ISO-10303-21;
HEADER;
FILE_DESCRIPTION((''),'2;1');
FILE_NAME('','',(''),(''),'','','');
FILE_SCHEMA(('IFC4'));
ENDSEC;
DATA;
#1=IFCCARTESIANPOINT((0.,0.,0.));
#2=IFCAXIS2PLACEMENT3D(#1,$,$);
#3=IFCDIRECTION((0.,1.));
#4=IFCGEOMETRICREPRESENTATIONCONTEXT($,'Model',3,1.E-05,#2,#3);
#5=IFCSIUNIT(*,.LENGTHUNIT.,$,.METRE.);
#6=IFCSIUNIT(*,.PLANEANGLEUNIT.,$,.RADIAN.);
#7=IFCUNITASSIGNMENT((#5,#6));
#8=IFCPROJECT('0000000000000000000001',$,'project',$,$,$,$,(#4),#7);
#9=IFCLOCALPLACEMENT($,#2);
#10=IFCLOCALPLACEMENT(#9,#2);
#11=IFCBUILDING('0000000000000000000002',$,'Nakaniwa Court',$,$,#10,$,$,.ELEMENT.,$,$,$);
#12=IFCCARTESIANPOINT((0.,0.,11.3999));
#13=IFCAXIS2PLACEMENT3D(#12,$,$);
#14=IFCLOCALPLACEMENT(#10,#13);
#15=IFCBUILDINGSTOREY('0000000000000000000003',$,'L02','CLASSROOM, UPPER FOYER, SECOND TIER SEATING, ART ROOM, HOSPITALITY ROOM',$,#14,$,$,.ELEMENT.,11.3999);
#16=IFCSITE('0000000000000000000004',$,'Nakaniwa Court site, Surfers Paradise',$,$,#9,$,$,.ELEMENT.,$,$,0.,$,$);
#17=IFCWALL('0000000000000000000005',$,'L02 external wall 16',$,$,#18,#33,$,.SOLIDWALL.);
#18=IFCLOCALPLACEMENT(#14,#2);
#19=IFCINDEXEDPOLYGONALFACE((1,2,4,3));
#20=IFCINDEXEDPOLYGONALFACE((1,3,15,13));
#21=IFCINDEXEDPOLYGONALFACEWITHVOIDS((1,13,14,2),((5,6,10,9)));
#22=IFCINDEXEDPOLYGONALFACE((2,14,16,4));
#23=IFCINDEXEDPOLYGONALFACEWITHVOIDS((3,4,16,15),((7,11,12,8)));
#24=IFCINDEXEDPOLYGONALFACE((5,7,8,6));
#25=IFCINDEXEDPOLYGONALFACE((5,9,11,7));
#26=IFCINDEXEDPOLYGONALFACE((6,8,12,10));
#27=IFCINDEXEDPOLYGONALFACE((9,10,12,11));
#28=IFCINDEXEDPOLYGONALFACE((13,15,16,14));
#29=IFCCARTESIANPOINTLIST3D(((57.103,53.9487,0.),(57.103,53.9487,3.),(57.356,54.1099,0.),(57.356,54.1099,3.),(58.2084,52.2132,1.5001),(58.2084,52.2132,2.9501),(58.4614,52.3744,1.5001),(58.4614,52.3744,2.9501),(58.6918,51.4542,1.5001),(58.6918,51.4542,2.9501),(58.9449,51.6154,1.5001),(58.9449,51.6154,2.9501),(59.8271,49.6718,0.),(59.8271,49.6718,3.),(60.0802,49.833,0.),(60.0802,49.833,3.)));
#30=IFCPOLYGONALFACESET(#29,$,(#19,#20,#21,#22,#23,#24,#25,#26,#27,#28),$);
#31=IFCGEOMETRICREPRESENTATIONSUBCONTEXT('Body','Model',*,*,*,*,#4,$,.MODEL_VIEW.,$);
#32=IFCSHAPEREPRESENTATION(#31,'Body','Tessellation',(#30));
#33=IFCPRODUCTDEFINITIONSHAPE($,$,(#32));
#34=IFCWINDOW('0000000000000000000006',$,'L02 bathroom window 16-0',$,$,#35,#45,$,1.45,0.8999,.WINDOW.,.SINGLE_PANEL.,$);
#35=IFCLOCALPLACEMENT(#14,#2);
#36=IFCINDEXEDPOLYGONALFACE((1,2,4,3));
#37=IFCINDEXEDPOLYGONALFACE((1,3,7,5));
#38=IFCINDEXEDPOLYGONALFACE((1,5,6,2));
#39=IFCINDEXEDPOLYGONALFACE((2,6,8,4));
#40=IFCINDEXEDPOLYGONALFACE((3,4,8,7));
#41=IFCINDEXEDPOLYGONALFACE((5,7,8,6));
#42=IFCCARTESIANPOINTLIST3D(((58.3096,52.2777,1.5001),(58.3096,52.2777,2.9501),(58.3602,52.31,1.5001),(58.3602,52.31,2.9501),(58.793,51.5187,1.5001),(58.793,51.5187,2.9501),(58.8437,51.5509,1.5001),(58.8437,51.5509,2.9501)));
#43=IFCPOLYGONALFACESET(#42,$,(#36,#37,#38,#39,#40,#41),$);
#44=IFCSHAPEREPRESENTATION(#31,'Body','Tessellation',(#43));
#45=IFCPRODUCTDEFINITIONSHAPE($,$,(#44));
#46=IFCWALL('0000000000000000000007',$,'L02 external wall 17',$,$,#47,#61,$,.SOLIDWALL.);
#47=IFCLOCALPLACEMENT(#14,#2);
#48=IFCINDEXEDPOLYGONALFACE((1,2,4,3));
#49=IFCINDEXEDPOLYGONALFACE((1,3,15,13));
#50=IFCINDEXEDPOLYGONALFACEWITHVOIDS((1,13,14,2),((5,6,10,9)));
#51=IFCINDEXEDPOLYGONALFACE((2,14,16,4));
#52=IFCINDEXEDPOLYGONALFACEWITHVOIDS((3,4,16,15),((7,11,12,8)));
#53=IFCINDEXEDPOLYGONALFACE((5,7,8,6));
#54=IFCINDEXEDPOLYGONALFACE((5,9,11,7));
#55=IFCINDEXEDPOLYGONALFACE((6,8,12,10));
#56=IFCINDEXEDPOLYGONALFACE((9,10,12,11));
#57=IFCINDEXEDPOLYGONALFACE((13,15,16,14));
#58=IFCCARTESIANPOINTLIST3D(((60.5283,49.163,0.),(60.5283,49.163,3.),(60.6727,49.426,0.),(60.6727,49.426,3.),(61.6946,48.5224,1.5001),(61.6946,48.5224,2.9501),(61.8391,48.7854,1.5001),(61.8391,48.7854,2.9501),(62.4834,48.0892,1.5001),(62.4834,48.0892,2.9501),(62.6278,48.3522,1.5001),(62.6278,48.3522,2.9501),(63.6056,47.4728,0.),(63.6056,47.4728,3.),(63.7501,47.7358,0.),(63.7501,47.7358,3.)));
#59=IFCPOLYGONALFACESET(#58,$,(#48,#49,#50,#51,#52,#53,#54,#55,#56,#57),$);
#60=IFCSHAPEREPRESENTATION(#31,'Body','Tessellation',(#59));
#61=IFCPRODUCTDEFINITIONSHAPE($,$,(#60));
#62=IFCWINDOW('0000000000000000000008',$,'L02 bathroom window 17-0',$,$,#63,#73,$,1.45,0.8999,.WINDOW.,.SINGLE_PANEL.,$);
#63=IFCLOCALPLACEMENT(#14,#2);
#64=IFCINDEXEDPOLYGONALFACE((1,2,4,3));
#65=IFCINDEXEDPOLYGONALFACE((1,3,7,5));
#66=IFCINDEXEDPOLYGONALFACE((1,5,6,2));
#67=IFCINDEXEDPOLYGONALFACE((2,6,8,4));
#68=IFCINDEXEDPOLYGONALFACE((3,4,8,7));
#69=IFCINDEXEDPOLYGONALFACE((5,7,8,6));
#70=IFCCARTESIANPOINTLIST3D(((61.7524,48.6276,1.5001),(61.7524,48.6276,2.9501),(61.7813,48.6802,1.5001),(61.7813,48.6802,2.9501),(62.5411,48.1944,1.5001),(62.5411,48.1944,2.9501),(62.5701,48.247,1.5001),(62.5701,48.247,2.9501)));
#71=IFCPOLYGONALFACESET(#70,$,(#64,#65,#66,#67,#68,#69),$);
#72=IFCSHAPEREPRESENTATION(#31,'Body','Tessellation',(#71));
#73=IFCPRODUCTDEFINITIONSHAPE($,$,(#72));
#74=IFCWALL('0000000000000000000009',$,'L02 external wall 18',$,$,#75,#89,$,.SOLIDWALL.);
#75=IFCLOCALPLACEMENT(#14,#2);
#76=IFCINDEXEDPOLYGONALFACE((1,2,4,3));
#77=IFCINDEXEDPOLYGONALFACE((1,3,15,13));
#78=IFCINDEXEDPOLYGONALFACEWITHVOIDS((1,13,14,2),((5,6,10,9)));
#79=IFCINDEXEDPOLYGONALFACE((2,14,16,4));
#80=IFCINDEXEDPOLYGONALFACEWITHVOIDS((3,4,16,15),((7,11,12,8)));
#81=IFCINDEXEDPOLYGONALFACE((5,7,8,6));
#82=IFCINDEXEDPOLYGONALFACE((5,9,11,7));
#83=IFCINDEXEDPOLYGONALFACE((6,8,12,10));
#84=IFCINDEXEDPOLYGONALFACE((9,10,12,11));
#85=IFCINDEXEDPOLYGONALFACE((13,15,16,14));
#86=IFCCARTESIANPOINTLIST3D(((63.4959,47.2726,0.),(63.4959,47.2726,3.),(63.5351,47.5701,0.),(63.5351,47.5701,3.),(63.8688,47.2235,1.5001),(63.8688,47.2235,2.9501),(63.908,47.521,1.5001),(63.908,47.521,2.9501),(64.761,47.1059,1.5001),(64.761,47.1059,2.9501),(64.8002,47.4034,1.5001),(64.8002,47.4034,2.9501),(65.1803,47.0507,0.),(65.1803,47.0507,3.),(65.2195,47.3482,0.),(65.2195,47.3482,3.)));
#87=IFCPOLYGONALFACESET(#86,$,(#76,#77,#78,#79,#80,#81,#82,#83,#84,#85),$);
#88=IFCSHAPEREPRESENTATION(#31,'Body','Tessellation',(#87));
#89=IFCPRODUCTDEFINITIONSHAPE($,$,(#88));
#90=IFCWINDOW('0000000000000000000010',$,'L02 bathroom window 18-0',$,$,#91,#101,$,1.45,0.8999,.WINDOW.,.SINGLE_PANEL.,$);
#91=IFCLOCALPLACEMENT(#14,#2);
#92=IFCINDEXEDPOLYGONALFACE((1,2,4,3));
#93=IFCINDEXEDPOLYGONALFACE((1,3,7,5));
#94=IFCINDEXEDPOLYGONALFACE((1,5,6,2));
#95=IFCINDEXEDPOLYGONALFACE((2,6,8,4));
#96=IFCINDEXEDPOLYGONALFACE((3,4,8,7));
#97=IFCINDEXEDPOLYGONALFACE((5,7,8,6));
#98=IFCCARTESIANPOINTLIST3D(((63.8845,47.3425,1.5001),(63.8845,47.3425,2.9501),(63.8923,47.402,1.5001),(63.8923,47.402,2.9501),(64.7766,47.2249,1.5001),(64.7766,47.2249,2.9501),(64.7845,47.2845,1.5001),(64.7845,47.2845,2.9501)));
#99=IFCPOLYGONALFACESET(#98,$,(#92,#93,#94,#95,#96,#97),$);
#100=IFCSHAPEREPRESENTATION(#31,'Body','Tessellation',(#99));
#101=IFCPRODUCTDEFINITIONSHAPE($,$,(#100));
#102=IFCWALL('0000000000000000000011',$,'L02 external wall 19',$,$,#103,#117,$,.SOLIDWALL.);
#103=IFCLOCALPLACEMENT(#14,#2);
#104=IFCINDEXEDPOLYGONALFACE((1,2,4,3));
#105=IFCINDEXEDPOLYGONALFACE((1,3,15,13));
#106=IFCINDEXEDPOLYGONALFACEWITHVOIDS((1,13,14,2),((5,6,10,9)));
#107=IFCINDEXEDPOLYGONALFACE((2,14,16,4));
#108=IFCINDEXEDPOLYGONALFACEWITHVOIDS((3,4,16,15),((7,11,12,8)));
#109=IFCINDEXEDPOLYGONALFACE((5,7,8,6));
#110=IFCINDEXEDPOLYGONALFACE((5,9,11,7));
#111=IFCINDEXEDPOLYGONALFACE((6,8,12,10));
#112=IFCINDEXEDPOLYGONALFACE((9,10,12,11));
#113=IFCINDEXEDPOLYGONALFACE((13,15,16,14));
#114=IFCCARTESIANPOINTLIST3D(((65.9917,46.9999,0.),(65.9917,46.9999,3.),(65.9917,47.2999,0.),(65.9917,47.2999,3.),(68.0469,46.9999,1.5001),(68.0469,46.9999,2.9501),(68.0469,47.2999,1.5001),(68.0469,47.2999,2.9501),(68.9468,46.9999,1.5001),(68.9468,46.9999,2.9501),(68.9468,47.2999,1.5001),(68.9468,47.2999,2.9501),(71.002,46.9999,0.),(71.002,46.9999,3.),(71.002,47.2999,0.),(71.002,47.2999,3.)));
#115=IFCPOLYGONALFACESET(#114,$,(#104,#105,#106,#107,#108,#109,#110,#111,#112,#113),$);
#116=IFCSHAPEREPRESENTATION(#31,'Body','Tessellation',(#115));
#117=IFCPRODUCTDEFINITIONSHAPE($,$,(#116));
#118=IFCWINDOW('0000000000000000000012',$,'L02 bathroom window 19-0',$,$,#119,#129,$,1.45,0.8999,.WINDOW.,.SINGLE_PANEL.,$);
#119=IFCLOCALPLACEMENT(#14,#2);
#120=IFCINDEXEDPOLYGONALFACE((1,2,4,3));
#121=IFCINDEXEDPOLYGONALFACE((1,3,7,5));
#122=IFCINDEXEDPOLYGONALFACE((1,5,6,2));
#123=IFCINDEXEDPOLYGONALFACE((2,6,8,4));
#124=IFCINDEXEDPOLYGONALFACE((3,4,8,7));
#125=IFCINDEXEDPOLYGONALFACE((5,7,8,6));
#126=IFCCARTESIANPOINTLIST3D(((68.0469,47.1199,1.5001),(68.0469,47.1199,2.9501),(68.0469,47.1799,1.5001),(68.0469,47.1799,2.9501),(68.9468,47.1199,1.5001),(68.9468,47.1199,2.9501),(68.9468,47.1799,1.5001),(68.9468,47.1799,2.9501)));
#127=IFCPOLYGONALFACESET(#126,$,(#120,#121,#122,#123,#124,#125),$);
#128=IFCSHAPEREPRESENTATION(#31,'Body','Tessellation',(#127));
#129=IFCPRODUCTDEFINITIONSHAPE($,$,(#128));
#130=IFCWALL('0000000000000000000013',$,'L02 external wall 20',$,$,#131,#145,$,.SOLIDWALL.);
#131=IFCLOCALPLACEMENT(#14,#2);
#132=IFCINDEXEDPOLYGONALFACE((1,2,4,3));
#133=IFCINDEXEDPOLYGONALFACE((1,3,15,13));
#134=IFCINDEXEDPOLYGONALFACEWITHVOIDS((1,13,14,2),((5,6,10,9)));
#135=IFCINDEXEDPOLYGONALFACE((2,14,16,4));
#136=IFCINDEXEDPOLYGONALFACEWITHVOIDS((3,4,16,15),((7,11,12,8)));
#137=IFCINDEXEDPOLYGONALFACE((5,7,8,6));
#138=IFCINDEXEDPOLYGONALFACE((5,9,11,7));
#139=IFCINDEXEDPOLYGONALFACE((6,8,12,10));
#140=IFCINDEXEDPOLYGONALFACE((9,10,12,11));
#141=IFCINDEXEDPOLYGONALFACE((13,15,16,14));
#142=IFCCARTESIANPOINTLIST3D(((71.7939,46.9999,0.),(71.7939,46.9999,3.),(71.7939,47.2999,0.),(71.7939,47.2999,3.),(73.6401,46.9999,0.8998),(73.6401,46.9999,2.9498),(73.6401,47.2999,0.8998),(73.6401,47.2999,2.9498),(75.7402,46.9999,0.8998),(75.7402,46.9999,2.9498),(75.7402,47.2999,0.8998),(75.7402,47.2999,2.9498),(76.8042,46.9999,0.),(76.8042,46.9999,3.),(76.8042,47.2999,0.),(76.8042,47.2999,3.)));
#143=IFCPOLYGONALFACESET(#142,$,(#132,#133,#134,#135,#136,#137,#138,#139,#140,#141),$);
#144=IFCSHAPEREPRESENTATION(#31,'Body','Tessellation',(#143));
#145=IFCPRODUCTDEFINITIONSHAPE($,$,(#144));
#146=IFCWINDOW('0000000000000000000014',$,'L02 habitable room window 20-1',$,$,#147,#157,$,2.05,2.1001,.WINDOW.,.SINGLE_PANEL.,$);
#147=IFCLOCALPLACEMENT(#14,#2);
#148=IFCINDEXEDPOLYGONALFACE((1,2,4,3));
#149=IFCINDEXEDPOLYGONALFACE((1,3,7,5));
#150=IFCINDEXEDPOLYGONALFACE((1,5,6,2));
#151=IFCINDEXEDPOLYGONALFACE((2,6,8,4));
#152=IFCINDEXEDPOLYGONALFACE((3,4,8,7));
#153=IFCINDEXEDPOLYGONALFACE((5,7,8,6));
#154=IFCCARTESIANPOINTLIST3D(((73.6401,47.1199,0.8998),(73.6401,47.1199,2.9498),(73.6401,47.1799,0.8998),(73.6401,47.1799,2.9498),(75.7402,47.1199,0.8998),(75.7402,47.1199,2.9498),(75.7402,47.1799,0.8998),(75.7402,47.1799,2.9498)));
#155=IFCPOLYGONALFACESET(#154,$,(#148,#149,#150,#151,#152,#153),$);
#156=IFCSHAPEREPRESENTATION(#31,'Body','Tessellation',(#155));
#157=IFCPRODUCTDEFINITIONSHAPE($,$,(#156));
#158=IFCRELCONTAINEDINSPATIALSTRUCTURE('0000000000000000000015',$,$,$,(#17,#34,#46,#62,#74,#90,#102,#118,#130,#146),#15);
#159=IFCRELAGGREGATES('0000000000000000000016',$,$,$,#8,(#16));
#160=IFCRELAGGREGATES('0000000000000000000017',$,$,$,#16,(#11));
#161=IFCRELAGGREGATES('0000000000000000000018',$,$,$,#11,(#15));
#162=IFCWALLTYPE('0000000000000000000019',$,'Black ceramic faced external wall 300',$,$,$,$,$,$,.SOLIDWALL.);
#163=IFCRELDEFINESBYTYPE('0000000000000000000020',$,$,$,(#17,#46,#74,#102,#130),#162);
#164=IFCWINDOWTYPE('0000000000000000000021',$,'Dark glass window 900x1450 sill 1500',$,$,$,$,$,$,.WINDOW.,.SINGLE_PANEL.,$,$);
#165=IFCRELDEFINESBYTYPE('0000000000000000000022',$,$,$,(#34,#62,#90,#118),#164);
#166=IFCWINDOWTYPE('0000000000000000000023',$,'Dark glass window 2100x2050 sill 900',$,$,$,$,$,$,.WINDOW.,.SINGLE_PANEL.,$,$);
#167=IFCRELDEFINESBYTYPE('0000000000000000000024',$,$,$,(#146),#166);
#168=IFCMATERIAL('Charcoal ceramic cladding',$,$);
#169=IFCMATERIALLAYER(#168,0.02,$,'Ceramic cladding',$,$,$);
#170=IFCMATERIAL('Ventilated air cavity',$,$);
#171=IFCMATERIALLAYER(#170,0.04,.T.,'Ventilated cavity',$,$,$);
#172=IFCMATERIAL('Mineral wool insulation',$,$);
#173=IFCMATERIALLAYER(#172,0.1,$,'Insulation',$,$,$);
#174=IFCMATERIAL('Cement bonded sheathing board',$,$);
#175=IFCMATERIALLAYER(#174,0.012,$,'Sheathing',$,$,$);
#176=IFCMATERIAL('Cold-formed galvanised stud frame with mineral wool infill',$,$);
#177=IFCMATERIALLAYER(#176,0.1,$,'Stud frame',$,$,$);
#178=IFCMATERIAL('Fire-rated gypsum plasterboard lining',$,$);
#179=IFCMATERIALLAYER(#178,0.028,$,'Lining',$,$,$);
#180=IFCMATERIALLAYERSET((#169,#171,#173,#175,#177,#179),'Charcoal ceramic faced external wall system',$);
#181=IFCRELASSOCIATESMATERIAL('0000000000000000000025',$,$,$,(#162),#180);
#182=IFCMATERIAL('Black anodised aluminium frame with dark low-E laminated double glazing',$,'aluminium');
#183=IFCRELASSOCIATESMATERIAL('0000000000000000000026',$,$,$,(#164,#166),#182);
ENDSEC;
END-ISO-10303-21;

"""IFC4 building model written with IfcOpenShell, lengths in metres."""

from ifc_helpers import new_model, si_unit, direction, frame, frame_2d, origin, place, context, subcontext, project, spatial, rectangle, extrude, material, layer, layer_set, type_object, element, fill, save


model = new_model("IFC4")

# Units and contexts
model_context = context("Model", 3, precision=1e-05, world=origin(), true_north=direction((0.0, 1.0)))
body_context = subcontext(model_context, "Body", "Model", "MODEL_VIEW")
ifc_project = project(units=[si_unit("LENGTHUNIT", "METRE"), si_unit("PLANEANGLEUNIT", "RADIAN")], contexts=[model_context])

# Site, building, storey
site_placement = place(None, origin())
site = spatial("IfcSite", under=ifc_project, at=site_placement, Name="Nakaniwa Court site, Surfers Paradise", CompositionType="ELEMENT", RefElevation=0.0)
building_placement = place(site_placement, origin())
building = spatial("IfcBuilding", under=site, at=building_placement, Name="Nakaniwa Court", CompositionType="ELEMENT")
storey_placement = place(building_placement, frame((0.0, 0.0, 11.3999)))
storey = spatial("IfcBuildingStorey", under=building, at=storey_placement, Name="L02", Description="CLASSROOM, UPPER FOYER, SECOND TIER SEATING, ART ROOM, HOSPITALITY ROOM", CompositionType="ELEMENT", Elevation=11.3999)

# Walls, openings, windows
ifc_material_1 = material(Name="Charcoal ceramic cladding")
ifc_layer_1 = layer(ifc_material_1, 0.02, Name="Ceramic cladding")
ifc_material_2 = material(Name="Ventilated air cavity")
ifc_layer_2 = layer(ifc_material_2, 0.04, ventilated=True, Name="Ventilated cavity")
ifc_material_3 = material(Name="Mineral wool insulation")
ifc_layer_3 = layer(ifc_material_3, 0.1, Name="Insulation")
ifc_material_4 = material(Name="Cement bonded sheathing board")
ifc_layer_4 = layer(ifc_material_4, 0.012, Name="Sheathing")
ifc_material_5 = material(Name="Cold-formed galvanised stud frame with mineral wool infill")
ifc_layer_5 = layer(ifc_material_5, 0.1, Name="Stud frame")
ifc_material_6 = material(Name="Fire-rated gypsum plasterboard lining")
ifc_layer_6 = layer(ifc_material_6, 0.028, Name="Lining")
ifc_layer_set_1 = layer_set([ifc_layer_1, ifc_layer_2, ifc_layer_3, ifc_layer_4, ifc_layer_5, ifc_layer_6], Name="Charcoal ceramic faced external wall system")
wall_type_1 = type_object("IfcWallType", Name="Black ceramic faced external wall 300", PredefinedType="SOLIDWALL", material=ifc_layer_set_1)
wall_1_placement = place(storey_placement, frame((57.2295, 54.0293, 0.0), z_axis=(0.0, 0.0, 1.0), x_axis=(0.537224, -0.843439, 0.0)))
wall_1 = element("IfcWall", 1, at=wall_1_placement, inside=storey, type_object=wall_type_1, Name="L02 external wall 16", PredefinedType="SOLIDWALL", context=body_context, shape_type="SweptSolid", body=[
    extrude(rectangle(XDim=5.0708, YDim=0.3, at=frame_2d((2.5354, 0.0))), origin(), (0.0, 0.0, 1.0), 3.0),
])
opening_1_placement = place(wall_1_placement, frame((2.0576, 0.0, 1.5)))
opening_1 = element("IfcOpeningElement", 2, at=opening_1_placement, cuts=wall_1, PredefinedType="OPENING", context=body_context, shape_type="SweptSolid", body=[
    extrude(rectangle(XDim=0.8999, YDim=1.45, at=frame_2d((0.45, 0.7251))), frame((0.0, 0.1599, 0.0), z_axis=(0.0, -1.0, 0.0), x_axis=(1.0, 0.0, 0.0)), (0.0, 0.0, 1.0), 0.3201),
])
ifc_material_7 = material(Name="Black anodised aluminium frame with dark low-E laminated double glazing", Category="aluminium")
window_type_1 = type_object("IfcWindowType", Name="Dark glass window 900x1450 sill 1500", PartitioningType="SINGLE_PANEL", PredefinedType="WINDOW", material=ifc_material_7)
window_1_placement = place(opening_1_placement, origin())
window_1 = element("IfcWindow", 3, at=window_1_placement, inside=storey, type_object=window_type_1, Name="L02 bathroom window 16-0", OverallHeight=1.45, OverallWidth=0.8999, PartitioningType="SINGLE_PANEL", PredefinedType="WINDOW", context=body_context, shape_type="SweptSolid", body=[
    extrude(rectangle(XDim=0.8999, YDim=1.45, at=frame_2d((0.45, 0.7251))), frame((0.0, 0.03, 0.0), z_axis=(0.0, -1.0, 0.0), x_axis=(1.0, 0.0, 0.0)), (0.0, 0.0, 1.0), 0.0601),
])
fill(opening_1, window_1)
wall_2_placement = place(storey_placement, frame((60.6006, 49.2944, 0.0), z_axis=(0.0, 0.0, 1.0), x_axis=(0.876502, -0.481398, 0.0)))
wall_2 = element("IfcWall", 4, at=wall_2_placement, inside=storey, type_object=wall_type_1, Name="L02 external wall 17", PredefinedType="SOLIDWALL", context=body_context, shape_type="SweptSolid", body=[
    extrude(rectangle(XDim=3.511, YDim=0.3, at=frame_2d((1.7554, 0.0))), origin(), (0.0, 0.0, 1.0), 3.0),
])
opening_2_placement = place(wall_2_placement, frame((1.3306, 0.0, 1.5)))
opening_2 = element("IfcOpeningElement", 5, at=opening_2_placement, cuts=wall_2, PredefinedType="OPENING", context=body_context, shape_type="SweptSolid", body=[
    extrude(rectangle(XDim=0.8999, YDim=1.45, at=frame_2d((0.45, 0.7251))), frame((0.0, 0.1599, 0.0), z_axis=(0.0, -1.0, 0.0), x_axis=(1.0, 0.0, 0.0)), (0.0, 0.0, 1.0), 0.3201),
])
window_2_placement = place(opening_2_placement, origin())
window_2 = element("IfcWindow", 6, at=window_2_placement, inside=storey, type_object=window_type_1, Name="L02 bathroom window 17-0", OverallHeight=1.45, OverallWidth=0.8999, PartitioningType="SINGLE_PANEL", PredefinedType="WINDOW", context=body_context, shape_type="SweptSolid", body=[
    extrude(rectangle(XDim=0.8999, YDim=1.45, at=frame_2d((0.45, 0.7251))), frame((0.0, 0.03, 0.0), z_axis=(0.0, -1.0, 0.0), x_axis=(1.0, 0.0, 0.0)), (0.0, 0.0, 1.0), 0.0601),
])
fill(opening_2, window_2)
wall_3_placement = place(storey_placement, frame((63.5154, 47.4214, 0.0), z_axis=(0.0, 0.0, 1.0), x_axis=(0.991431, -0.130629, 0.0)))
wall_3 = element("IfcWall", 7, at=wall_3_placement, inside=storey, type_object=wall_type_1, Name="L02 external wall 18", PredefinedType="SOLIDWALL", context=body_context, shape_type="SweptSolid", body=[
    extrude(rectangle(XDim=1.699, YDim=0.3, at=frame_2d((0.8496, 0.0))), origin(), (0.0, 0.0, 1.0), 3.0),
])
opening_3_placement = place(wall_3_placement, frame((0.3762, 0.0, 1.5)))
opening_3 = element("IfcOpeningElement", 8, at=opening_3_placement, cuts=wall_3, PredefinedType="OPENING", context=body_context, shape_type="SweptSolid", body=[
    extrude(rectangle(XDim=0.8999, YDim=1.45, at=frame_2d((0.45, 0.7251))), frame((0.0, 0.1599, 0.0), z_axis=(0.0, -1.0, 0.0), x_axis=(1.0, 0.0, 0.0)), (0.0, 0.0, 1.0), 0.3201),
])
window_3_placement = place(opening_3_placement, origin())
window_3 = element("IfcWindow", 9, at=window_3_placement, inside=storey, type_object=window_type_1, Name="L02 bathroom window 18-0", OverallHeight=1.45, OverallWidth=0.8999, PartitioningType="SINGLE_PANEL", PredefinedType="WINDOW", context=body_context, shape_type="SweptSolid", body=[
    extrude(rectangle(XDim=0.8999, YDim=1.45, at=frame_2d((0.45, 0.7251))), frame((0.0, 0.03, 0.0), z_axis=(0.0, -1.0, 0.0), x_axis=(1.0, 0.0, 0.0)), (0.0, 0.0, 1.0), 0.0601),
])
fill(opening_3, window_3)
wall_4_placement = place(storey_placement, frame((65.9917, 47.1499, 0.0), z_axis=(0.0, 0.0, 1.0), x_axis=(1.0, 0.0, 0.0)))
wall_4 = element("IfcWall", 10, at=wall_4_placement, inside=storey, type_object=wall_type_1, Name="L02 external wall 19", PredefinedType="SOLIDWALL", context=body_context, shape_type="SweptSolid", body=[
    extrude(rectangle(XDim=5.0103, YDim=0.3, at=frame_2d((2.5051, 0.0))), origin(), (0.0, 0.0, 1.0), 3.0),
])
opening_4_placement = place(wall_4_placement, frame((2.0552, 0.0, 1.5)))
opening_4 = element("IfcOpeningElement", 11, at=opening_4_placement, cuts=wall_4, PredefinedType="OPENING", context=body_context, shape_type="SweptSolid", body=[
    extrude(rectangle(XDim=0.8999, YDim=1.45, at=frame_2d((0.45, 0.7251))), frame((0.0, 0.1599, 0.0), z_axis=(0.0, -1.0, 0.0), x_axis=(1.0, 0.0, 0.0)), (0.0, 0.0, 1.0), 0.3201),
])
window_4_placement = place(opening_4_placement, origin())
window_4 = element("IfcWindow", 12, at=window_4_placement, inside=storey, type_object=window_type_1, Name="L02 bathroom window 19-0", OverallHeight=1.45, OverallWidth=0.8999, PartitioningType="SINGLE_PANEL", PredefinedType="WINDOW", context=body_context, shape_type="SweptSolid", body=[
    extrude(rectangle(XDim=0.8999, YDim=1.45, at=frame_2d((0.45, 0.7251))), frame((0.0, 0.03, 0.0), z_axis=(0.0, -1.0, 0.0), x_axis=(1.0, 0.0, 0.0)), (0.0, 0.0, 1.0), 0.0601),
])
fill(opening_4, window_4)
wall_5_placement = place(storey_placement, frame((71.7939, 47.1499, 0.0), z_axis=(0.0, 0.0, 1.0), x_axis=(1.0, 0.0, 0.0)))
wall_5 = element("IfcWall", 13, at=wall_5_placement, inside=storey, type_object=wall_type_1, Name="L02 external wall 20", PredefinedType="SOLIDWALL", context=body_context, shape_type="SweptSolid", body=[
    extrude(rectangle(XDim=5.0103, YDim=0.3, at=frame_2d((2.5051, 0.0))), origin(), (0.0, 0.0, 1.0), 3.0),
])
opening_5_placement = place(wall_5_placement, frame((1.8462, 0.0, 0.8999)))
opening_5 = element("IfcOpeningElement", 14, at=opening_5_placement, cuts=wall_5, PredefinedType="OPENING", context=body_context, shape_type="SweptSolid", body=[
    extrude(rectangle(XDim=2.1001, YDim=2.05, at=frame_2d((1.05, 1.0249))), frame((0.0, 0.1599, 0.0), z_axis=(0.0, -1.0, 0.0), x_axis=(1.0, 0.0, 0.0)), (0.0, 0.0, 1.0), 0.3201),
])
window_type_2 = type_object("IfcWindowType", Name="Dark glass window 2100x2050 sill 900", PartitioningType="SINGLE_PANEL", PredefinedType="WINDOW", material=ifc_material_7)
window_5_placement = place(opening_5_placement, origin())
window_5 = element("IfcWindow", 15, at=window_5_placement, inside=storey, type_object=window_type_2, Name="L02 habitable room window 20-1", OverallHeight=2.05, OverallWidth=2.1001, PartitioningType="SINGLE_PANEL", PredefinedType="WINDOW", context=body_context, shape_type="SweptSolid", body=[
    extrude(rectangle(XDim=2.1001, YDim=2.05, at=frame_2d((1.05, 1.0249))), frame((0.0, 0.03, 0.0), z_axis=(0.0, -1.0, 0.0), x_axis=(1.0, 0.0, 0.0)), (0.0, 0.0, 1.0), 0.0601),
])
fill(opening_5, window_5)

save(model, "model.ifc")
